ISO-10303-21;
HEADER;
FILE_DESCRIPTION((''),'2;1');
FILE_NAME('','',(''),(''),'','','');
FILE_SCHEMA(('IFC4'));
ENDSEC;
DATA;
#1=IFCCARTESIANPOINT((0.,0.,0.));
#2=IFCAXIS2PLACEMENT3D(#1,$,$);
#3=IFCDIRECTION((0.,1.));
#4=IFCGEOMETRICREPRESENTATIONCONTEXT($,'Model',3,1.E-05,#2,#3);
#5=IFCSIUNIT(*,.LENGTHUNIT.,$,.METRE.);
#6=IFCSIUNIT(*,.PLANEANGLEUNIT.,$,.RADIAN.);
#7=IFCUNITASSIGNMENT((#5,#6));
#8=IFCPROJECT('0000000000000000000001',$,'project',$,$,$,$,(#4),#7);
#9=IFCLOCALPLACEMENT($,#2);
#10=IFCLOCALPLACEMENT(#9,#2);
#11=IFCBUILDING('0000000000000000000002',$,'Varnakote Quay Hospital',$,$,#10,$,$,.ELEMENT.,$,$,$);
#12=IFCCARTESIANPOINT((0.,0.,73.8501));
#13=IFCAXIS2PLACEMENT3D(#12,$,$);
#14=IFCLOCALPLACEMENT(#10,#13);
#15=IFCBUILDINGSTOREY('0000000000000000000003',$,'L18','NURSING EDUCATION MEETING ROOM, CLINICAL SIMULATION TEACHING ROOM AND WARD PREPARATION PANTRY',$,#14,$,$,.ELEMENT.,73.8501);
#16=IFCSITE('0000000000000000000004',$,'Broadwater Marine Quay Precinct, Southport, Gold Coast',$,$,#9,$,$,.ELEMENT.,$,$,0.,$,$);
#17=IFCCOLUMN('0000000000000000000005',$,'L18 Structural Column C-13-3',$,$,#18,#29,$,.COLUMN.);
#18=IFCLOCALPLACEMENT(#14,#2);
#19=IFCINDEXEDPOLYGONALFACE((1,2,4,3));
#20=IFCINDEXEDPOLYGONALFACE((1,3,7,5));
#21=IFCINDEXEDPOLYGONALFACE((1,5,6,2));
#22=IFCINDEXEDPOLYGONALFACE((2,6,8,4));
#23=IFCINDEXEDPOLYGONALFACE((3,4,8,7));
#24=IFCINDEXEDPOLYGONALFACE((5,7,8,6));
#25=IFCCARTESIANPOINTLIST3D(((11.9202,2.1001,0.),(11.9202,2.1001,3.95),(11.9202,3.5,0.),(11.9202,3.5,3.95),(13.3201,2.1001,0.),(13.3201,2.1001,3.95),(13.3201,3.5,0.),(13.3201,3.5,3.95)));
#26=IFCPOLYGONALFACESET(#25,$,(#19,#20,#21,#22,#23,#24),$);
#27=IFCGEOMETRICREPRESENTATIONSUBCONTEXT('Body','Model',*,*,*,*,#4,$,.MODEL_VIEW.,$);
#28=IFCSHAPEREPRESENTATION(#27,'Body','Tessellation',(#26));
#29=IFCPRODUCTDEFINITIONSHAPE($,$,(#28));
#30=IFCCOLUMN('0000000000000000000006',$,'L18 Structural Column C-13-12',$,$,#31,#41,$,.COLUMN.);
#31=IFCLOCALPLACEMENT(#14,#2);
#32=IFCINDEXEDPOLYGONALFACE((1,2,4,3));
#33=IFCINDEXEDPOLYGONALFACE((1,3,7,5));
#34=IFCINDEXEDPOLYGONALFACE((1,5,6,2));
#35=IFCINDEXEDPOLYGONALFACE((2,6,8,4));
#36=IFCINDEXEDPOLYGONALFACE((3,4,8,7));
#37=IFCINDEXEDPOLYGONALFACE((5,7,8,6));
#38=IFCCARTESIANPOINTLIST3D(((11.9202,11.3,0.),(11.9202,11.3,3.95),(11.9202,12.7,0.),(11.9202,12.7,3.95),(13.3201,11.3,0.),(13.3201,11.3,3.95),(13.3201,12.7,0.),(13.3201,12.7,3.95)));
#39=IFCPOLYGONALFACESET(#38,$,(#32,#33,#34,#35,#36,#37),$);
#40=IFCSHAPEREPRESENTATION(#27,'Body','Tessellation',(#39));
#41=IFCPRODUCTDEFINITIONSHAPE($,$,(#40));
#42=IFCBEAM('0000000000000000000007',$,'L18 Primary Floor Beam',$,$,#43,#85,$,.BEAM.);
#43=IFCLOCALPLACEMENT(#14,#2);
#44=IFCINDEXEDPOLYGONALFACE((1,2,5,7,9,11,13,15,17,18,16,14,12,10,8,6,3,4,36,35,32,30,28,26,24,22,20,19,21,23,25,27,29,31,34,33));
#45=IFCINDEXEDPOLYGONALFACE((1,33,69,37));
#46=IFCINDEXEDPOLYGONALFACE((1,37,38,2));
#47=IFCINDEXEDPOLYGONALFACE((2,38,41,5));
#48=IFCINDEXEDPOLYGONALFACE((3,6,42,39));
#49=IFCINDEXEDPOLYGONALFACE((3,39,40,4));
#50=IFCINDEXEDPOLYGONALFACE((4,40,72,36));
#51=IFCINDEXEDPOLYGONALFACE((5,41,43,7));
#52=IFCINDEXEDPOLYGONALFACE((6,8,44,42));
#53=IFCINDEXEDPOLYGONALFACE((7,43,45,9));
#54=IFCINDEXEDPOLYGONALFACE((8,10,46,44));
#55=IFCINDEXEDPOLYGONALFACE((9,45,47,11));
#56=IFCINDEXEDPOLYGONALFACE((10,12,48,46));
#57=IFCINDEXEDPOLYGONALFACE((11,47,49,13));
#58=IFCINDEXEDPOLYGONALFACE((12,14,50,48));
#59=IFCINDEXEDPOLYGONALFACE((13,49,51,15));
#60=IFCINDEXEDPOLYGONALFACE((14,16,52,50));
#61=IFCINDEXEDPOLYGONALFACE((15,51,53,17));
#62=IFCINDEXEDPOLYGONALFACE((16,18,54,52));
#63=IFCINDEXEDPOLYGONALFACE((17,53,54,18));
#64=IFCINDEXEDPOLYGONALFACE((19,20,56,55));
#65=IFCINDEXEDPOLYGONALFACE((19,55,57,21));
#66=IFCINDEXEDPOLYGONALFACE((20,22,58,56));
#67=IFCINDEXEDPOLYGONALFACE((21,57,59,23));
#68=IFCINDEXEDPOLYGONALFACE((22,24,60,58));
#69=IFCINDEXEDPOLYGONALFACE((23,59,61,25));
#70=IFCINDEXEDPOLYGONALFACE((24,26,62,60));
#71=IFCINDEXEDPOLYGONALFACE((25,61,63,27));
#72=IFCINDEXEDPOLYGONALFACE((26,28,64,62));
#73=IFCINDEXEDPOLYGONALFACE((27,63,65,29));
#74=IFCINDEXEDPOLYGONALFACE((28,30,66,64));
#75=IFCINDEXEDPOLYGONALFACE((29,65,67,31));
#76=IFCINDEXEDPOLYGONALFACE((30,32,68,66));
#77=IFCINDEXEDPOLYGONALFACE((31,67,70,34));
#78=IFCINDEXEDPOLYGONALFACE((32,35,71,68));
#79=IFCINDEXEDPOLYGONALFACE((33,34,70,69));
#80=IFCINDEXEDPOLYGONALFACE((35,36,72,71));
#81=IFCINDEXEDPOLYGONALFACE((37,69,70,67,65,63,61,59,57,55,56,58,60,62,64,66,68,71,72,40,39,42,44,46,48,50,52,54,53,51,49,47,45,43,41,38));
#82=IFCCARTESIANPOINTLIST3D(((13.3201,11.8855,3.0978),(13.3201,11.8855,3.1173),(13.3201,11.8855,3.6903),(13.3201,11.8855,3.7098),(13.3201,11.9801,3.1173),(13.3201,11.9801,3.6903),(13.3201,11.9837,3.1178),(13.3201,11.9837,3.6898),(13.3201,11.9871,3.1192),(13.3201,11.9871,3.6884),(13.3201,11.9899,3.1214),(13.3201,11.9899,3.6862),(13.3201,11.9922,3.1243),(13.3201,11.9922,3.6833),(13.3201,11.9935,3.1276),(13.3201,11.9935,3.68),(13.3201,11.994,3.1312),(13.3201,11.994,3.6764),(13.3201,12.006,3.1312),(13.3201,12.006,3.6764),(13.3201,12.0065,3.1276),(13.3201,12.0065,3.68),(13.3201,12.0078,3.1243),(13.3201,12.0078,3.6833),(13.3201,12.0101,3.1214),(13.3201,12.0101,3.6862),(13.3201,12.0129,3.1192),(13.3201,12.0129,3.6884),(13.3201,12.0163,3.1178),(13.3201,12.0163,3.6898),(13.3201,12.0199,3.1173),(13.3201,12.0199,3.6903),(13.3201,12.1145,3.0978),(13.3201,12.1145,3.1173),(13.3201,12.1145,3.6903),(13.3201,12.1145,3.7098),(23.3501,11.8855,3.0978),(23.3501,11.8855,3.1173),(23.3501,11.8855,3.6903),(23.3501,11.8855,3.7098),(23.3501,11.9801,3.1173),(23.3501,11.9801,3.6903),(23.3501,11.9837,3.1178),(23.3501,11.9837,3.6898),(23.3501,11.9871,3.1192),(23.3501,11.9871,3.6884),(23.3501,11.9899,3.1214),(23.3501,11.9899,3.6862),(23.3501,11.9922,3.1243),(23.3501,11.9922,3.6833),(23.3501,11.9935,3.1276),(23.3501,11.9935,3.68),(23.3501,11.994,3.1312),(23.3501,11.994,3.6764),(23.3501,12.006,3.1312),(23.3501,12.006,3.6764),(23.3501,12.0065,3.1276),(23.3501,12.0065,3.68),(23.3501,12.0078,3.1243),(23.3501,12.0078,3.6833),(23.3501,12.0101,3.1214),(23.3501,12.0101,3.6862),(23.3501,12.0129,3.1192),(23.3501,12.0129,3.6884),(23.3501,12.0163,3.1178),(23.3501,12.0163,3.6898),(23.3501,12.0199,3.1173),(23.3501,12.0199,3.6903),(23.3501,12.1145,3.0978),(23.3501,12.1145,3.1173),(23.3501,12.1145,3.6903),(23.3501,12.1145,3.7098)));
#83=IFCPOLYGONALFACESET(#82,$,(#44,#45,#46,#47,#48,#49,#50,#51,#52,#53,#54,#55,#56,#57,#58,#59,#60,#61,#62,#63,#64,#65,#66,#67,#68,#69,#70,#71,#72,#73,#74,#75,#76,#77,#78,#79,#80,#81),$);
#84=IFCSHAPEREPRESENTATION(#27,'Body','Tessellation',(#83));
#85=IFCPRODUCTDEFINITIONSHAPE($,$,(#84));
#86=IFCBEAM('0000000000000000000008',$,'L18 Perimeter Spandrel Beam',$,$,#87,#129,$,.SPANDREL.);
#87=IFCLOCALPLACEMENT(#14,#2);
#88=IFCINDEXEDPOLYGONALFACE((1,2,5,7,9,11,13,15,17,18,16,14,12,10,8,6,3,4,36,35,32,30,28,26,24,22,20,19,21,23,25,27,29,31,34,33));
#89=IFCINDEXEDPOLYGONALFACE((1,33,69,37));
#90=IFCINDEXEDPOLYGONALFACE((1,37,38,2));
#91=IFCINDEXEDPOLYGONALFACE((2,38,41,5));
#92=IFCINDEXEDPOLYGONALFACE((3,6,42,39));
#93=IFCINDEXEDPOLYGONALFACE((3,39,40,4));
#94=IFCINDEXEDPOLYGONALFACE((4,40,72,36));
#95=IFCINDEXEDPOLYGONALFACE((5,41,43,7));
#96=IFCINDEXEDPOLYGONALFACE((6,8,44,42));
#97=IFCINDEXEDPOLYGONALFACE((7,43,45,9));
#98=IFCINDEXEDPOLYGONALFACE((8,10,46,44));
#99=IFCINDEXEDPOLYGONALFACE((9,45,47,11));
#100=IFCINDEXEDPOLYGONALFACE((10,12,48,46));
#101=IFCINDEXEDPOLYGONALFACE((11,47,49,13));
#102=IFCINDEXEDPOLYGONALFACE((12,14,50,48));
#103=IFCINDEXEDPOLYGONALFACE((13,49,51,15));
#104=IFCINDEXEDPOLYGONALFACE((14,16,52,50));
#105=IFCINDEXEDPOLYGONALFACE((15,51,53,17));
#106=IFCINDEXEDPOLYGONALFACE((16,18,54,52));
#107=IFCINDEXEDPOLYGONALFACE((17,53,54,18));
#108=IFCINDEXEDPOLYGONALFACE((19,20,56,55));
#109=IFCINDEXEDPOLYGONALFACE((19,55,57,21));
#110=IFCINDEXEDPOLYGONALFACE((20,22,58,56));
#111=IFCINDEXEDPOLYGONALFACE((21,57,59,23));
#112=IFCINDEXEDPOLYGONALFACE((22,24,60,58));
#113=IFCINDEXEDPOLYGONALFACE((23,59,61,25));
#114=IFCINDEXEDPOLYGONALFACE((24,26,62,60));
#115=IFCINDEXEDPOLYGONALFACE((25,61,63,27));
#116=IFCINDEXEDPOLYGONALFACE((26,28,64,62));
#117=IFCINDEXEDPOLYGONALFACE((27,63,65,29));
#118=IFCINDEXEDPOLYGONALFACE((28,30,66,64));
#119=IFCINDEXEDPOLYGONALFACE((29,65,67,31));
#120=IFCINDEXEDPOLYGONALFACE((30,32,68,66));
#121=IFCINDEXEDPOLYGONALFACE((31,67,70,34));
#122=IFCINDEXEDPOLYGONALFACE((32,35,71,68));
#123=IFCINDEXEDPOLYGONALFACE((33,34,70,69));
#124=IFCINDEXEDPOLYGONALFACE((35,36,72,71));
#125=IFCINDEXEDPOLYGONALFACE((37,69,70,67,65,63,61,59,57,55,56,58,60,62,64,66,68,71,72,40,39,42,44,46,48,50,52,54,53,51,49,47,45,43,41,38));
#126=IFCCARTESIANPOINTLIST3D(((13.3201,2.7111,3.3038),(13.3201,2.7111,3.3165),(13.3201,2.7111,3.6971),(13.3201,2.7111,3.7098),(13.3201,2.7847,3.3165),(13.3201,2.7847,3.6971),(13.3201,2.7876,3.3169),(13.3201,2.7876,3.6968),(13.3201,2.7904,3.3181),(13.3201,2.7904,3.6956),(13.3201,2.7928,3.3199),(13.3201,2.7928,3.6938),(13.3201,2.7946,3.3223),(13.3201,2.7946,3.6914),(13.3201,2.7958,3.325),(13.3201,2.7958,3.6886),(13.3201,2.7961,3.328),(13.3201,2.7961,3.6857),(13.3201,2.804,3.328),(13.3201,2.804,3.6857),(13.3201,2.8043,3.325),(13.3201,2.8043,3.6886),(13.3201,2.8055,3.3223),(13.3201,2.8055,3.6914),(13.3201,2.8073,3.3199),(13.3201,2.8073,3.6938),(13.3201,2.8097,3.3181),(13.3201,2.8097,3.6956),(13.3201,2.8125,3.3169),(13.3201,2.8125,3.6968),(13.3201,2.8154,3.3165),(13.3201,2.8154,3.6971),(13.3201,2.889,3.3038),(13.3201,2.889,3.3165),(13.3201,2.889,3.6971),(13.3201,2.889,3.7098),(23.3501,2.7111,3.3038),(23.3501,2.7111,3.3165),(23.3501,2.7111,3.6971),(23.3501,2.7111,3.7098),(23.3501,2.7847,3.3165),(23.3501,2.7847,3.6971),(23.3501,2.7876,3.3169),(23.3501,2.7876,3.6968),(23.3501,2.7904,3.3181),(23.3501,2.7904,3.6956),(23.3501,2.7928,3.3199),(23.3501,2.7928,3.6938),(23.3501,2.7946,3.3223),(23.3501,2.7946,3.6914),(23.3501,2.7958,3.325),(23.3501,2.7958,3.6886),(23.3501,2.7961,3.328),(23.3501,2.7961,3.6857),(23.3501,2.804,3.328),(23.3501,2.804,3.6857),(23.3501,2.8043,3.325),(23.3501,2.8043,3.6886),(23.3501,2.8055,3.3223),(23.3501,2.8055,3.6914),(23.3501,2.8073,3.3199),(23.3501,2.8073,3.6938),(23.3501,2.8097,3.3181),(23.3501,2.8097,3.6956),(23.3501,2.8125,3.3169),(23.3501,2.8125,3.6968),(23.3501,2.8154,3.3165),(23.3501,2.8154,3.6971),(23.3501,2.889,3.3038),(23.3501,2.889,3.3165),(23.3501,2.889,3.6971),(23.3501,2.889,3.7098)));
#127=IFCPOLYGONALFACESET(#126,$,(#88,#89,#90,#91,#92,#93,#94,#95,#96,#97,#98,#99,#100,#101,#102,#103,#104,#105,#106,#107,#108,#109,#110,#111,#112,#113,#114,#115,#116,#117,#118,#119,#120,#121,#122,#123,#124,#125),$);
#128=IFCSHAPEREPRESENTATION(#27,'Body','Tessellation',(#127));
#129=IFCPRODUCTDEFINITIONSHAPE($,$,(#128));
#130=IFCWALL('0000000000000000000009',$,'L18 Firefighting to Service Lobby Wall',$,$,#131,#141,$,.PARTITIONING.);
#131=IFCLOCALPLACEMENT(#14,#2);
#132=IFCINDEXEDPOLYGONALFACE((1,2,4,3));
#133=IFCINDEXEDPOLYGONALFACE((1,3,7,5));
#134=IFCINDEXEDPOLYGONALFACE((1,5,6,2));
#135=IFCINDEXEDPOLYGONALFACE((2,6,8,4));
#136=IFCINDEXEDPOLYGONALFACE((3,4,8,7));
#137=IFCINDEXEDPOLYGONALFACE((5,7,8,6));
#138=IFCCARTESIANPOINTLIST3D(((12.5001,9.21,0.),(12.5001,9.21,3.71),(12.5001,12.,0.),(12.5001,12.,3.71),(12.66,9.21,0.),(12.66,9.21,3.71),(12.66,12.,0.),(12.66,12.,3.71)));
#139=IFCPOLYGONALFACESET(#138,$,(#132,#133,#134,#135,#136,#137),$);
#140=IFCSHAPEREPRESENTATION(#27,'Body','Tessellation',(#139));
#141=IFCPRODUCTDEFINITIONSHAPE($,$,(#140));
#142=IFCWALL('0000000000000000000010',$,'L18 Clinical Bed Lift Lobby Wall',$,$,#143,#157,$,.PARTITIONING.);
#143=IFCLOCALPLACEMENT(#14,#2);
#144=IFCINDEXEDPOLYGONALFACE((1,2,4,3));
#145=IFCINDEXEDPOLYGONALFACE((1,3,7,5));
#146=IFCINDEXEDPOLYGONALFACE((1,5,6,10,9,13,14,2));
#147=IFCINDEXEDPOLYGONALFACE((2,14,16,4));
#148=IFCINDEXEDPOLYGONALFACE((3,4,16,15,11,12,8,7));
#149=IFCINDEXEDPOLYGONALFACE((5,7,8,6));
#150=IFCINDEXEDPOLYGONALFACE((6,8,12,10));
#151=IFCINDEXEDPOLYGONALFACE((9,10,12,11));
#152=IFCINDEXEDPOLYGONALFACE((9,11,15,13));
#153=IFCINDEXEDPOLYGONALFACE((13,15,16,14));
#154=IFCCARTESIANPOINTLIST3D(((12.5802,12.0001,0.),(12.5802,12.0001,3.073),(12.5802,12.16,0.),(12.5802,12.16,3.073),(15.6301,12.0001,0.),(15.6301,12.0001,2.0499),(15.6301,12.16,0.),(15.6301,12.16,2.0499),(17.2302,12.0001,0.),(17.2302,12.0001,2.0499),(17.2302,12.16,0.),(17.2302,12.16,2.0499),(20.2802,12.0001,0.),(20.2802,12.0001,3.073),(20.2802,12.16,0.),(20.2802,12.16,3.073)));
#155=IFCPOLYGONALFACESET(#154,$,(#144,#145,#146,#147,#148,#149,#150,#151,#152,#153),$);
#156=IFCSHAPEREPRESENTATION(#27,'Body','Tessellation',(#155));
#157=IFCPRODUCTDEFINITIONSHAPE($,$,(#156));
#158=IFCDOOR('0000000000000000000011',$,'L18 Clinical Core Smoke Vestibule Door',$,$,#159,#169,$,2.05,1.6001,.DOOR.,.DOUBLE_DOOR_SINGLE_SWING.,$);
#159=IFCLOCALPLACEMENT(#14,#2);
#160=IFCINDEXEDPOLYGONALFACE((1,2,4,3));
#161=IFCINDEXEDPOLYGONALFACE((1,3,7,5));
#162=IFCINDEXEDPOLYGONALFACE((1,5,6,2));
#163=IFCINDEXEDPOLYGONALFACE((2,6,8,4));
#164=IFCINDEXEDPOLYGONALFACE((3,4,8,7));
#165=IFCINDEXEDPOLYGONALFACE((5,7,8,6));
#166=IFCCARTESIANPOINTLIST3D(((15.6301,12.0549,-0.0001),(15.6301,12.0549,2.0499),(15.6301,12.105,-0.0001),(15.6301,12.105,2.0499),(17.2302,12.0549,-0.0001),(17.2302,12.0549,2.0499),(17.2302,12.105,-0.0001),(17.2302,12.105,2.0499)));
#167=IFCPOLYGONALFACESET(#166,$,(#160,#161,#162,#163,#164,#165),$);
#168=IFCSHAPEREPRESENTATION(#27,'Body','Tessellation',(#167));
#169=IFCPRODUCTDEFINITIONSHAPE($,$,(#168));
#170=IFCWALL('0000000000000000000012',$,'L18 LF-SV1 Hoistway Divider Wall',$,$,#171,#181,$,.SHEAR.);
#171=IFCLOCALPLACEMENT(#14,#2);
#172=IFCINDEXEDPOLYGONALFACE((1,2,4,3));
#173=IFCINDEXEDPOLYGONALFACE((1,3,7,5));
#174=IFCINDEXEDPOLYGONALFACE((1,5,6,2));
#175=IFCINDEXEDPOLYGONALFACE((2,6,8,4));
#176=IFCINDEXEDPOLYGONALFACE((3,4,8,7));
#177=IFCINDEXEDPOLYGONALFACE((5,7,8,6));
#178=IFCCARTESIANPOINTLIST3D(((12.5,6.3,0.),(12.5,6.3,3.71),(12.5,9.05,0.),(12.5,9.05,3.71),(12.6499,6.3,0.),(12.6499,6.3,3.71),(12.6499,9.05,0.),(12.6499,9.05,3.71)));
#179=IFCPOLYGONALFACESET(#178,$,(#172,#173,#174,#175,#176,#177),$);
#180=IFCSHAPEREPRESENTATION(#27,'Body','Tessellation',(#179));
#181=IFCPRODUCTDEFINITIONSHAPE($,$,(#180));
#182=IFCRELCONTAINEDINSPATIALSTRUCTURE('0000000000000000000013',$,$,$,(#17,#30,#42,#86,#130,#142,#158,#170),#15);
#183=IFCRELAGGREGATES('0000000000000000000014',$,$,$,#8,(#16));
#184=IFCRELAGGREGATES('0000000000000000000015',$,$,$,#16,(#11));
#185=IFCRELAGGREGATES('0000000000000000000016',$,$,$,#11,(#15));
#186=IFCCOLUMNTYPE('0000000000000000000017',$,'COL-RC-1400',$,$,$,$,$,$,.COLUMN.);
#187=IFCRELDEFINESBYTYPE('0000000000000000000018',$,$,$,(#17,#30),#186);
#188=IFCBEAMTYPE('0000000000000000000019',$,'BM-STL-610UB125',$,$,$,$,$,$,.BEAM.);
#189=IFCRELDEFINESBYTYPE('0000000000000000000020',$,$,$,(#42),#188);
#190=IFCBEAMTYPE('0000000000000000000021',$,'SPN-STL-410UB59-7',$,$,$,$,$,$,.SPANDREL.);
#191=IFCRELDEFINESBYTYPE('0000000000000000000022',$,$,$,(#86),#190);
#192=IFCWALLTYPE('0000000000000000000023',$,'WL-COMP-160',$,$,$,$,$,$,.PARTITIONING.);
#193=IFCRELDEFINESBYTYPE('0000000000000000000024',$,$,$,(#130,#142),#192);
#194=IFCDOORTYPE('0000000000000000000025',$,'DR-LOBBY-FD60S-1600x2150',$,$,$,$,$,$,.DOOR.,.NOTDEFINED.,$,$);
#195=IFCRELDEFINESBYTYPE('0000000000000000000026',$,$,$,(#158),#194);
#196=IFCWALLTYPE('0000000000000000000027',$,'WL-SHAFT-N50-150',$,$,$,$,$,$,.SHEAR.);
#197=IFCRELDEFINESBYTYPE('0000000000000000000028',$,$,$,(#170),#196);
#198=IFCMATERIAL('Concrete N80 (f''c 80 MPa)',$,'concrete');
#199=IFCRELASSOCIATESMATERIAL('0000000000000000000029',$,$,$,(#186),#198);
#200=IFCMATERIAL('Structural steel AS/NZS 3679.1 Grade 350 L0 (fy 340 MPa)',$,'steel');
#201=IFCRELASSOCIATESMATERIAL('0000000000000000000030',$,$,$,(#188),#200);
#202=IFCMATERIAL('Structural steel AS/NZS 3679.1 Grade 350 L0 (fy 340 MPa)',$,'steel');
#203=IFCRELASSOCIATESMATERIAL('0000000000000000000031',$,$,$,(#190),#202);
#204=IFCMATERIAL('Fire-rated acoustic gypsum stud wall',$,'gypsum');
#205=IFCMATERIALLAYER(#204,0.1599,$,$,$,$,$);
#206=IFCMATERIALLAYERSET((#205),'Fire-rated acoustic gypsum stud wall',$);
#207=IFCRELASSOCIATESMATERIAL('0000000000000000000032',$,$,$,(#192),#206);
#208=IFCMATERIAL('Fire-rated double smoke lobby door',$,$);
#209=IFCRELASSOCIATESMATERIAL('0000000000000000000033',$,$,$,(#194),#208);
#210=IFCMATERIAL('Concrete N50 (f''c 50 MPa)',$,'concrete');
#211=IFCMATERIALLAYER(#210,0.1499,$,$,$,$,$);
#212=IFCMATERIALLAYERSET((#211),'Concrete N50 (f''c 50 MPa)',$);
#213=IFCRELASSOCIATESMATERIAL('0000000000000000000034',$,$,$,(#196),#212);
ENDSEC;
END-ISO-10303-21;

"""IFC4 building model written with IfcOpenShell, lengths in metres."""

from ifc_helpers import new_model, si_unit, direction, frame, frame_2d, origin, origin_2d, place, context, subcontext, project, spatial, rectangle, i_section, extrude, material, layer, layer_set, material_profile, profile_set, type_object, element, fill, save


model = new_model("IFC4")

# Units and contexts
model_context = context("Model", 3, precision=1e-05, world=origin(), true_north=direction((0.0, 1.0)))
body_context = subcontext(model_context, "Body", "Model", "MODEL_VIEW")
ifc_project = project(units=[si_unit("LENGTHUNIT", "METRE"), si_unit("PLANEANGLEUNIT", "RADIAN")], contexts=[model_context])

# Site, building, storey
site_placement = place(None, origin())
site = spatial("IfcSite", under=ifc_project, at=site_placement, Name="Broadwater Marine Quay Precinct, Southport, Gold Coast", CompositionType="ELEMENT", RefElevation=0.0)
building_placement = place(site_placement, origin())
building = spatial("IfcBuilding", under=site, at=building_placement, Name="Varnakote Quay Hospital", CompositionType="ELEMENT")
storey_placement = place(building_placement, frame((0.0, 0.0, 73.8501)))
storey = spatial("IfcBuildingStorey", under=building, at=storey_placement, Name="L18", Description="NURSING EDUCATION MEETING ROOM, CLINICAL SIMULATION TEACHING ROOM AND WARD PREPARATION PANTRY", CompositionType="ELEMENT", Elevation=73.8501)

# Columns
ifc_material_1 = material(Name="Concrete N80 (f'c 80 MPa)", Category="concrete")
ifc_material_profile_1 = material_profile(ifc_material_1, rectangle(XDim=1.3999, YDim=1.3999, at=origin_2d()), Name="RC-COL-1400x1400")
ifc_profile_set_1 = profile_set([ifc_material_profile_1], Name="Concrete N80 (f'c 80 MPa)")
column_type = type_object("IfcColumnType", Name="COL-RC-1400", PredefinedType="COLUMN", material=ifc_profile_set_1)
for number, where, z_axis, x_axis, name in (
    (1, (12.6201, 2.8, 0.0), (0.0, 0.0, 1.0), (1.0, 0.0, 0.0), "L18 Structural Column C-13-3"),
    (2, (12.6201, 12.0, 0.0), (0.0, 0.0, 1.0), (1.0, 0.0, 0.0), "L18 Structural Column C-13-12"),
):
    element("IfcColumn", number, at=place(storey_placement, frame(where, z_axis=z_axis, x_axis=x_axis)), inside=storey, type_object=column_type, Name=name, PredefinedType="COLUMN", context=body_context, shape_type="SweptSolid", body=[
        extrude(rectangle(XDim=1.3999, YDim=1.3999, at=origin_2d()), origin(), (0.0, 0.0, 1.0), 3.95),
    ])

# Beams
ifc_material_2 = material(Name="Structural steel AS/NZS 3679.1 Grade 350 L0 (fy 340 MPa)", Category="steel")
ifc_material_profile_2 = material_profile(ifc_material_2, i_section(OverallWidth=0.229, OverallDepth=0.6121, WebThickness=0.012, FlangeThickness=0.0195, FilletRadius=0.0139, at=origin_2d()), Name="610UB125")
ifc_profile_set_2 = profile_set([ifc_material_profile_2], Name="Structural steel AS/NZS 3679.1 Grade 350 L0 (fy 340 MPa)")
beam_type_1 = type_object("IfcBeamType", Name="BM-STL-610UB125", PredefinedType="BEAM", material=ifc_profile_set_2)
beam_1_placement = place(storey_placement, frame((13.3201, 12.0, 3.4038), z_axis=(1.0, 0.0, 0.0), x_axis=(0.0, 1.0, 0.0)))
element("IfcBeam", 3, at=beam_1_placement, inside=storey, type_object=beam_type_1, Name="L18 Primary Floor Beam", PredefinedType="BEAM", context=body_context, shape_type="SweptSolid", body=[
    extrude(i_section(OverallWidth=0.229, OverallDepth=0.6121, WebThickness=0.012, FlangeThickness=0.0195, FilletRadius=0.0139, at=origin_2d()), origin(), (0.0, 0.0, 1.0), 10.03),
])
ifc_material_3 = material(Name="Structural steel AS/NZS 3679.1 Grade 350 L0 (fy 340 MPa)", Category="steel")
ifc_material_profile_3 = material_profile(ifc_material_3, i_section(OverallWidth=0.178, OverallDepth=0.406, WebThickness=0.0078, FlangeThickness=0.0127, FilletRadius=0.0115, at=origin_2d()), Name="410UB59.7")
ifc_profile_set_3 = profile_set([ifc_material_profile_3], Name="Structural steel AS/NZS 3679.1 Grade 350 L0 (fy 340 MPa)")
beam_type_2 = type_object("IfcBeamType", Name="SPN-STL-410UB59-7", PredefinedType="SPANDREL", material=ifc_profile_set_3)
beam_2_placement = place(storey_placement, frame((13.3201, 2.8, 3.5068), z_axis=(1.0, 0.0, 0.0), x_axis=(0.0, 1.0, 0.0)))
element("IfcBeam", 4, at=beam_2_placement, inside=storey, type_object=beam_type_2, Name="L18 Perimeter Spandrel Beam", PredefinedType="SPANDREL", context=body_context, shape_type="SweptSolid", body=[
    extrude(i_section(OverallWidth=0.178, OverallDepth=0.406, WebThickness=0.0078, FlangeThickness=0.0127, FilletRadius=0.0115, at=origin_2d()), origin(), (0.0, 0.0, 1.0), 10.03),
])

# Wall
ifc_material_4 = material(Name="Fire-rated acoustic gypsum stud wall", Category="gypsum")
ifc_layer_1 = layer(ifc_material_4, 0.1599)
ifc_layer_set_1 = layer_set([ifc_layer_1], Name="Fire-rated acoustic gypsum stud wall")
wall_type_1 = type_object("IfcWallType", Name="WL-COMP-160", PredefinedType="PARTITIONING", material=ifc_layer_set_1)
wall_1_placement = place(storey_placement, frame((12.5801, 9.21, 0.0), z_axis=(0.0, 0.0, 1.0), x_axis=(0.0, 1.0, 0.0)))
element("IfcWall", 5, at=wall_1_placement, inside=storey, type_object=wall_type_1, Name="L18 Firefighting to Service Lobby Wall", PredefinedType="PARTITIONING", context=body_context, shape_type="SweptSolid", body=[
    extrude(rectangle(XDim=2.79, YDim=0.1599, at=frame_2d((1.395, 0.0))), origin(), (0.0, 0.0, 1.0), 3.71),
])

# Wall, opening, door
wall_2_placement = place(storey_placement, frame((12.5801, 12.0801, 0.0), z_axis=(0.0, 0.0, 1.0), x_axis=(1.0, 0.0, 0.0)))
wall_2 = element("IfcWall", 6, at=wall_2_placement, inside=storey, type_object=wall_type_1, Name="L18 Clinical Bed Lift Lobby Wall", PredefinedType="PARTITIONING", context=body_context, shape_type="SweptSolid", body=[
    extrude(rectangle(XDim=7.7, YDim=0.1599, at=frame_2d((3.8501, 0.0))), origin(), (0.0, 0.0, 1.0), 3.073),
])
opening_1_placement = place(wall_2_placement, frame((3.05, 0.0, 0.0)))
opening_1 = element("IfcOpeningElement", 7, at=opening_1_placement, cuts=wall_2, PredefinedType="OPENING", context=body_context, shape_type="SweptSolid", body=[
    extrude(rectangle(XDim=1.6001, YDim=2.05, at=frame_2d((0.8, 1.0249))), frame((0.0, 0.0898, 0.0), z_axis=(0.0, -1.0, 0.0), x_axis=(1.0, 0.0, 0.0)), (0.0, 0.0, 1.0), 0.1799),
])
ifc_material_5 = material(Name="Fire-rated double smoke lobby door")
door_type_1 = type_object("IfcDoorType", Name="DR-LOBBY-FD60S-1600x2150", OperationType="NOTDEFINED", PredefinedType="DOOR", material=ifc_material_5)
door_1_placement = place(opening_1_placement, origin())
door_1 = element("IfcDoor", 8, at=door_1_placement, inside=storey, type_object=door_type_1, Name="L18 Clinical Core Smoke Vestibule Door", OperationType="DOUBLE_DOOR_SINGLE_SWING", OverallHeight=2.05, OverallWidth=1.6001, PredefinedType="DOOR", context=body_context, shape_type="SweptSolid", body=[
    extrude(rectangle(XDim=1.6001, YDim=2.05, at=frame_2d((0.8, 1.0249))), frame((0.0, 0.0249, 0.0), z_axis=(0.0, -1.0, 0.0), x_axis=(1.0, 0.0, 0.0)), (0.0, 0.0, 1.0), 0.05),
])
fill(opening_1, door_1)

# Wall
ifc_material_6 = material(Name="Concrete N50 (f'c 50 MPa)", Category="concrete")
ifc_layer_2 = layer(ifc_material_6, 0.1499)
ifc_layer_set_2 = layer_set([ifc_layer_2], Name="Concrete N50 (f'c 50 MPa)")
wall_type_2 = type_object("IfcWallType", Name="WL-SHAFT-N50-150", PredefinedType="SHEAR", material=ifc_layer_set_2)
for number, where, z_axis, x_axis, name in (
    (9, (12.575, 6.3, 0.0), (0.0, 0.0, 1.0), (0.0, 1.0, 0.0), "L18 LF-SV1 Hoistway Divider Wall"),
):
    element("IfcWall", number, at=place(storey_placement, frame(where, z_axis=z_axis, x_axis=x_axis)), inside=storey, type_object=wall_type_2, Name=name, PredefinedType="SHEAR", context=body_context, shape_type="SweptSolid", body=[
        extrude(rectangle(XDim=2.75, YDim=0.1499, at=frame_2d((1.375, 0.0))), origin(), (0.0, 0.0, 1.0), 3.71),
    ])

save(model, "model.ifc")
